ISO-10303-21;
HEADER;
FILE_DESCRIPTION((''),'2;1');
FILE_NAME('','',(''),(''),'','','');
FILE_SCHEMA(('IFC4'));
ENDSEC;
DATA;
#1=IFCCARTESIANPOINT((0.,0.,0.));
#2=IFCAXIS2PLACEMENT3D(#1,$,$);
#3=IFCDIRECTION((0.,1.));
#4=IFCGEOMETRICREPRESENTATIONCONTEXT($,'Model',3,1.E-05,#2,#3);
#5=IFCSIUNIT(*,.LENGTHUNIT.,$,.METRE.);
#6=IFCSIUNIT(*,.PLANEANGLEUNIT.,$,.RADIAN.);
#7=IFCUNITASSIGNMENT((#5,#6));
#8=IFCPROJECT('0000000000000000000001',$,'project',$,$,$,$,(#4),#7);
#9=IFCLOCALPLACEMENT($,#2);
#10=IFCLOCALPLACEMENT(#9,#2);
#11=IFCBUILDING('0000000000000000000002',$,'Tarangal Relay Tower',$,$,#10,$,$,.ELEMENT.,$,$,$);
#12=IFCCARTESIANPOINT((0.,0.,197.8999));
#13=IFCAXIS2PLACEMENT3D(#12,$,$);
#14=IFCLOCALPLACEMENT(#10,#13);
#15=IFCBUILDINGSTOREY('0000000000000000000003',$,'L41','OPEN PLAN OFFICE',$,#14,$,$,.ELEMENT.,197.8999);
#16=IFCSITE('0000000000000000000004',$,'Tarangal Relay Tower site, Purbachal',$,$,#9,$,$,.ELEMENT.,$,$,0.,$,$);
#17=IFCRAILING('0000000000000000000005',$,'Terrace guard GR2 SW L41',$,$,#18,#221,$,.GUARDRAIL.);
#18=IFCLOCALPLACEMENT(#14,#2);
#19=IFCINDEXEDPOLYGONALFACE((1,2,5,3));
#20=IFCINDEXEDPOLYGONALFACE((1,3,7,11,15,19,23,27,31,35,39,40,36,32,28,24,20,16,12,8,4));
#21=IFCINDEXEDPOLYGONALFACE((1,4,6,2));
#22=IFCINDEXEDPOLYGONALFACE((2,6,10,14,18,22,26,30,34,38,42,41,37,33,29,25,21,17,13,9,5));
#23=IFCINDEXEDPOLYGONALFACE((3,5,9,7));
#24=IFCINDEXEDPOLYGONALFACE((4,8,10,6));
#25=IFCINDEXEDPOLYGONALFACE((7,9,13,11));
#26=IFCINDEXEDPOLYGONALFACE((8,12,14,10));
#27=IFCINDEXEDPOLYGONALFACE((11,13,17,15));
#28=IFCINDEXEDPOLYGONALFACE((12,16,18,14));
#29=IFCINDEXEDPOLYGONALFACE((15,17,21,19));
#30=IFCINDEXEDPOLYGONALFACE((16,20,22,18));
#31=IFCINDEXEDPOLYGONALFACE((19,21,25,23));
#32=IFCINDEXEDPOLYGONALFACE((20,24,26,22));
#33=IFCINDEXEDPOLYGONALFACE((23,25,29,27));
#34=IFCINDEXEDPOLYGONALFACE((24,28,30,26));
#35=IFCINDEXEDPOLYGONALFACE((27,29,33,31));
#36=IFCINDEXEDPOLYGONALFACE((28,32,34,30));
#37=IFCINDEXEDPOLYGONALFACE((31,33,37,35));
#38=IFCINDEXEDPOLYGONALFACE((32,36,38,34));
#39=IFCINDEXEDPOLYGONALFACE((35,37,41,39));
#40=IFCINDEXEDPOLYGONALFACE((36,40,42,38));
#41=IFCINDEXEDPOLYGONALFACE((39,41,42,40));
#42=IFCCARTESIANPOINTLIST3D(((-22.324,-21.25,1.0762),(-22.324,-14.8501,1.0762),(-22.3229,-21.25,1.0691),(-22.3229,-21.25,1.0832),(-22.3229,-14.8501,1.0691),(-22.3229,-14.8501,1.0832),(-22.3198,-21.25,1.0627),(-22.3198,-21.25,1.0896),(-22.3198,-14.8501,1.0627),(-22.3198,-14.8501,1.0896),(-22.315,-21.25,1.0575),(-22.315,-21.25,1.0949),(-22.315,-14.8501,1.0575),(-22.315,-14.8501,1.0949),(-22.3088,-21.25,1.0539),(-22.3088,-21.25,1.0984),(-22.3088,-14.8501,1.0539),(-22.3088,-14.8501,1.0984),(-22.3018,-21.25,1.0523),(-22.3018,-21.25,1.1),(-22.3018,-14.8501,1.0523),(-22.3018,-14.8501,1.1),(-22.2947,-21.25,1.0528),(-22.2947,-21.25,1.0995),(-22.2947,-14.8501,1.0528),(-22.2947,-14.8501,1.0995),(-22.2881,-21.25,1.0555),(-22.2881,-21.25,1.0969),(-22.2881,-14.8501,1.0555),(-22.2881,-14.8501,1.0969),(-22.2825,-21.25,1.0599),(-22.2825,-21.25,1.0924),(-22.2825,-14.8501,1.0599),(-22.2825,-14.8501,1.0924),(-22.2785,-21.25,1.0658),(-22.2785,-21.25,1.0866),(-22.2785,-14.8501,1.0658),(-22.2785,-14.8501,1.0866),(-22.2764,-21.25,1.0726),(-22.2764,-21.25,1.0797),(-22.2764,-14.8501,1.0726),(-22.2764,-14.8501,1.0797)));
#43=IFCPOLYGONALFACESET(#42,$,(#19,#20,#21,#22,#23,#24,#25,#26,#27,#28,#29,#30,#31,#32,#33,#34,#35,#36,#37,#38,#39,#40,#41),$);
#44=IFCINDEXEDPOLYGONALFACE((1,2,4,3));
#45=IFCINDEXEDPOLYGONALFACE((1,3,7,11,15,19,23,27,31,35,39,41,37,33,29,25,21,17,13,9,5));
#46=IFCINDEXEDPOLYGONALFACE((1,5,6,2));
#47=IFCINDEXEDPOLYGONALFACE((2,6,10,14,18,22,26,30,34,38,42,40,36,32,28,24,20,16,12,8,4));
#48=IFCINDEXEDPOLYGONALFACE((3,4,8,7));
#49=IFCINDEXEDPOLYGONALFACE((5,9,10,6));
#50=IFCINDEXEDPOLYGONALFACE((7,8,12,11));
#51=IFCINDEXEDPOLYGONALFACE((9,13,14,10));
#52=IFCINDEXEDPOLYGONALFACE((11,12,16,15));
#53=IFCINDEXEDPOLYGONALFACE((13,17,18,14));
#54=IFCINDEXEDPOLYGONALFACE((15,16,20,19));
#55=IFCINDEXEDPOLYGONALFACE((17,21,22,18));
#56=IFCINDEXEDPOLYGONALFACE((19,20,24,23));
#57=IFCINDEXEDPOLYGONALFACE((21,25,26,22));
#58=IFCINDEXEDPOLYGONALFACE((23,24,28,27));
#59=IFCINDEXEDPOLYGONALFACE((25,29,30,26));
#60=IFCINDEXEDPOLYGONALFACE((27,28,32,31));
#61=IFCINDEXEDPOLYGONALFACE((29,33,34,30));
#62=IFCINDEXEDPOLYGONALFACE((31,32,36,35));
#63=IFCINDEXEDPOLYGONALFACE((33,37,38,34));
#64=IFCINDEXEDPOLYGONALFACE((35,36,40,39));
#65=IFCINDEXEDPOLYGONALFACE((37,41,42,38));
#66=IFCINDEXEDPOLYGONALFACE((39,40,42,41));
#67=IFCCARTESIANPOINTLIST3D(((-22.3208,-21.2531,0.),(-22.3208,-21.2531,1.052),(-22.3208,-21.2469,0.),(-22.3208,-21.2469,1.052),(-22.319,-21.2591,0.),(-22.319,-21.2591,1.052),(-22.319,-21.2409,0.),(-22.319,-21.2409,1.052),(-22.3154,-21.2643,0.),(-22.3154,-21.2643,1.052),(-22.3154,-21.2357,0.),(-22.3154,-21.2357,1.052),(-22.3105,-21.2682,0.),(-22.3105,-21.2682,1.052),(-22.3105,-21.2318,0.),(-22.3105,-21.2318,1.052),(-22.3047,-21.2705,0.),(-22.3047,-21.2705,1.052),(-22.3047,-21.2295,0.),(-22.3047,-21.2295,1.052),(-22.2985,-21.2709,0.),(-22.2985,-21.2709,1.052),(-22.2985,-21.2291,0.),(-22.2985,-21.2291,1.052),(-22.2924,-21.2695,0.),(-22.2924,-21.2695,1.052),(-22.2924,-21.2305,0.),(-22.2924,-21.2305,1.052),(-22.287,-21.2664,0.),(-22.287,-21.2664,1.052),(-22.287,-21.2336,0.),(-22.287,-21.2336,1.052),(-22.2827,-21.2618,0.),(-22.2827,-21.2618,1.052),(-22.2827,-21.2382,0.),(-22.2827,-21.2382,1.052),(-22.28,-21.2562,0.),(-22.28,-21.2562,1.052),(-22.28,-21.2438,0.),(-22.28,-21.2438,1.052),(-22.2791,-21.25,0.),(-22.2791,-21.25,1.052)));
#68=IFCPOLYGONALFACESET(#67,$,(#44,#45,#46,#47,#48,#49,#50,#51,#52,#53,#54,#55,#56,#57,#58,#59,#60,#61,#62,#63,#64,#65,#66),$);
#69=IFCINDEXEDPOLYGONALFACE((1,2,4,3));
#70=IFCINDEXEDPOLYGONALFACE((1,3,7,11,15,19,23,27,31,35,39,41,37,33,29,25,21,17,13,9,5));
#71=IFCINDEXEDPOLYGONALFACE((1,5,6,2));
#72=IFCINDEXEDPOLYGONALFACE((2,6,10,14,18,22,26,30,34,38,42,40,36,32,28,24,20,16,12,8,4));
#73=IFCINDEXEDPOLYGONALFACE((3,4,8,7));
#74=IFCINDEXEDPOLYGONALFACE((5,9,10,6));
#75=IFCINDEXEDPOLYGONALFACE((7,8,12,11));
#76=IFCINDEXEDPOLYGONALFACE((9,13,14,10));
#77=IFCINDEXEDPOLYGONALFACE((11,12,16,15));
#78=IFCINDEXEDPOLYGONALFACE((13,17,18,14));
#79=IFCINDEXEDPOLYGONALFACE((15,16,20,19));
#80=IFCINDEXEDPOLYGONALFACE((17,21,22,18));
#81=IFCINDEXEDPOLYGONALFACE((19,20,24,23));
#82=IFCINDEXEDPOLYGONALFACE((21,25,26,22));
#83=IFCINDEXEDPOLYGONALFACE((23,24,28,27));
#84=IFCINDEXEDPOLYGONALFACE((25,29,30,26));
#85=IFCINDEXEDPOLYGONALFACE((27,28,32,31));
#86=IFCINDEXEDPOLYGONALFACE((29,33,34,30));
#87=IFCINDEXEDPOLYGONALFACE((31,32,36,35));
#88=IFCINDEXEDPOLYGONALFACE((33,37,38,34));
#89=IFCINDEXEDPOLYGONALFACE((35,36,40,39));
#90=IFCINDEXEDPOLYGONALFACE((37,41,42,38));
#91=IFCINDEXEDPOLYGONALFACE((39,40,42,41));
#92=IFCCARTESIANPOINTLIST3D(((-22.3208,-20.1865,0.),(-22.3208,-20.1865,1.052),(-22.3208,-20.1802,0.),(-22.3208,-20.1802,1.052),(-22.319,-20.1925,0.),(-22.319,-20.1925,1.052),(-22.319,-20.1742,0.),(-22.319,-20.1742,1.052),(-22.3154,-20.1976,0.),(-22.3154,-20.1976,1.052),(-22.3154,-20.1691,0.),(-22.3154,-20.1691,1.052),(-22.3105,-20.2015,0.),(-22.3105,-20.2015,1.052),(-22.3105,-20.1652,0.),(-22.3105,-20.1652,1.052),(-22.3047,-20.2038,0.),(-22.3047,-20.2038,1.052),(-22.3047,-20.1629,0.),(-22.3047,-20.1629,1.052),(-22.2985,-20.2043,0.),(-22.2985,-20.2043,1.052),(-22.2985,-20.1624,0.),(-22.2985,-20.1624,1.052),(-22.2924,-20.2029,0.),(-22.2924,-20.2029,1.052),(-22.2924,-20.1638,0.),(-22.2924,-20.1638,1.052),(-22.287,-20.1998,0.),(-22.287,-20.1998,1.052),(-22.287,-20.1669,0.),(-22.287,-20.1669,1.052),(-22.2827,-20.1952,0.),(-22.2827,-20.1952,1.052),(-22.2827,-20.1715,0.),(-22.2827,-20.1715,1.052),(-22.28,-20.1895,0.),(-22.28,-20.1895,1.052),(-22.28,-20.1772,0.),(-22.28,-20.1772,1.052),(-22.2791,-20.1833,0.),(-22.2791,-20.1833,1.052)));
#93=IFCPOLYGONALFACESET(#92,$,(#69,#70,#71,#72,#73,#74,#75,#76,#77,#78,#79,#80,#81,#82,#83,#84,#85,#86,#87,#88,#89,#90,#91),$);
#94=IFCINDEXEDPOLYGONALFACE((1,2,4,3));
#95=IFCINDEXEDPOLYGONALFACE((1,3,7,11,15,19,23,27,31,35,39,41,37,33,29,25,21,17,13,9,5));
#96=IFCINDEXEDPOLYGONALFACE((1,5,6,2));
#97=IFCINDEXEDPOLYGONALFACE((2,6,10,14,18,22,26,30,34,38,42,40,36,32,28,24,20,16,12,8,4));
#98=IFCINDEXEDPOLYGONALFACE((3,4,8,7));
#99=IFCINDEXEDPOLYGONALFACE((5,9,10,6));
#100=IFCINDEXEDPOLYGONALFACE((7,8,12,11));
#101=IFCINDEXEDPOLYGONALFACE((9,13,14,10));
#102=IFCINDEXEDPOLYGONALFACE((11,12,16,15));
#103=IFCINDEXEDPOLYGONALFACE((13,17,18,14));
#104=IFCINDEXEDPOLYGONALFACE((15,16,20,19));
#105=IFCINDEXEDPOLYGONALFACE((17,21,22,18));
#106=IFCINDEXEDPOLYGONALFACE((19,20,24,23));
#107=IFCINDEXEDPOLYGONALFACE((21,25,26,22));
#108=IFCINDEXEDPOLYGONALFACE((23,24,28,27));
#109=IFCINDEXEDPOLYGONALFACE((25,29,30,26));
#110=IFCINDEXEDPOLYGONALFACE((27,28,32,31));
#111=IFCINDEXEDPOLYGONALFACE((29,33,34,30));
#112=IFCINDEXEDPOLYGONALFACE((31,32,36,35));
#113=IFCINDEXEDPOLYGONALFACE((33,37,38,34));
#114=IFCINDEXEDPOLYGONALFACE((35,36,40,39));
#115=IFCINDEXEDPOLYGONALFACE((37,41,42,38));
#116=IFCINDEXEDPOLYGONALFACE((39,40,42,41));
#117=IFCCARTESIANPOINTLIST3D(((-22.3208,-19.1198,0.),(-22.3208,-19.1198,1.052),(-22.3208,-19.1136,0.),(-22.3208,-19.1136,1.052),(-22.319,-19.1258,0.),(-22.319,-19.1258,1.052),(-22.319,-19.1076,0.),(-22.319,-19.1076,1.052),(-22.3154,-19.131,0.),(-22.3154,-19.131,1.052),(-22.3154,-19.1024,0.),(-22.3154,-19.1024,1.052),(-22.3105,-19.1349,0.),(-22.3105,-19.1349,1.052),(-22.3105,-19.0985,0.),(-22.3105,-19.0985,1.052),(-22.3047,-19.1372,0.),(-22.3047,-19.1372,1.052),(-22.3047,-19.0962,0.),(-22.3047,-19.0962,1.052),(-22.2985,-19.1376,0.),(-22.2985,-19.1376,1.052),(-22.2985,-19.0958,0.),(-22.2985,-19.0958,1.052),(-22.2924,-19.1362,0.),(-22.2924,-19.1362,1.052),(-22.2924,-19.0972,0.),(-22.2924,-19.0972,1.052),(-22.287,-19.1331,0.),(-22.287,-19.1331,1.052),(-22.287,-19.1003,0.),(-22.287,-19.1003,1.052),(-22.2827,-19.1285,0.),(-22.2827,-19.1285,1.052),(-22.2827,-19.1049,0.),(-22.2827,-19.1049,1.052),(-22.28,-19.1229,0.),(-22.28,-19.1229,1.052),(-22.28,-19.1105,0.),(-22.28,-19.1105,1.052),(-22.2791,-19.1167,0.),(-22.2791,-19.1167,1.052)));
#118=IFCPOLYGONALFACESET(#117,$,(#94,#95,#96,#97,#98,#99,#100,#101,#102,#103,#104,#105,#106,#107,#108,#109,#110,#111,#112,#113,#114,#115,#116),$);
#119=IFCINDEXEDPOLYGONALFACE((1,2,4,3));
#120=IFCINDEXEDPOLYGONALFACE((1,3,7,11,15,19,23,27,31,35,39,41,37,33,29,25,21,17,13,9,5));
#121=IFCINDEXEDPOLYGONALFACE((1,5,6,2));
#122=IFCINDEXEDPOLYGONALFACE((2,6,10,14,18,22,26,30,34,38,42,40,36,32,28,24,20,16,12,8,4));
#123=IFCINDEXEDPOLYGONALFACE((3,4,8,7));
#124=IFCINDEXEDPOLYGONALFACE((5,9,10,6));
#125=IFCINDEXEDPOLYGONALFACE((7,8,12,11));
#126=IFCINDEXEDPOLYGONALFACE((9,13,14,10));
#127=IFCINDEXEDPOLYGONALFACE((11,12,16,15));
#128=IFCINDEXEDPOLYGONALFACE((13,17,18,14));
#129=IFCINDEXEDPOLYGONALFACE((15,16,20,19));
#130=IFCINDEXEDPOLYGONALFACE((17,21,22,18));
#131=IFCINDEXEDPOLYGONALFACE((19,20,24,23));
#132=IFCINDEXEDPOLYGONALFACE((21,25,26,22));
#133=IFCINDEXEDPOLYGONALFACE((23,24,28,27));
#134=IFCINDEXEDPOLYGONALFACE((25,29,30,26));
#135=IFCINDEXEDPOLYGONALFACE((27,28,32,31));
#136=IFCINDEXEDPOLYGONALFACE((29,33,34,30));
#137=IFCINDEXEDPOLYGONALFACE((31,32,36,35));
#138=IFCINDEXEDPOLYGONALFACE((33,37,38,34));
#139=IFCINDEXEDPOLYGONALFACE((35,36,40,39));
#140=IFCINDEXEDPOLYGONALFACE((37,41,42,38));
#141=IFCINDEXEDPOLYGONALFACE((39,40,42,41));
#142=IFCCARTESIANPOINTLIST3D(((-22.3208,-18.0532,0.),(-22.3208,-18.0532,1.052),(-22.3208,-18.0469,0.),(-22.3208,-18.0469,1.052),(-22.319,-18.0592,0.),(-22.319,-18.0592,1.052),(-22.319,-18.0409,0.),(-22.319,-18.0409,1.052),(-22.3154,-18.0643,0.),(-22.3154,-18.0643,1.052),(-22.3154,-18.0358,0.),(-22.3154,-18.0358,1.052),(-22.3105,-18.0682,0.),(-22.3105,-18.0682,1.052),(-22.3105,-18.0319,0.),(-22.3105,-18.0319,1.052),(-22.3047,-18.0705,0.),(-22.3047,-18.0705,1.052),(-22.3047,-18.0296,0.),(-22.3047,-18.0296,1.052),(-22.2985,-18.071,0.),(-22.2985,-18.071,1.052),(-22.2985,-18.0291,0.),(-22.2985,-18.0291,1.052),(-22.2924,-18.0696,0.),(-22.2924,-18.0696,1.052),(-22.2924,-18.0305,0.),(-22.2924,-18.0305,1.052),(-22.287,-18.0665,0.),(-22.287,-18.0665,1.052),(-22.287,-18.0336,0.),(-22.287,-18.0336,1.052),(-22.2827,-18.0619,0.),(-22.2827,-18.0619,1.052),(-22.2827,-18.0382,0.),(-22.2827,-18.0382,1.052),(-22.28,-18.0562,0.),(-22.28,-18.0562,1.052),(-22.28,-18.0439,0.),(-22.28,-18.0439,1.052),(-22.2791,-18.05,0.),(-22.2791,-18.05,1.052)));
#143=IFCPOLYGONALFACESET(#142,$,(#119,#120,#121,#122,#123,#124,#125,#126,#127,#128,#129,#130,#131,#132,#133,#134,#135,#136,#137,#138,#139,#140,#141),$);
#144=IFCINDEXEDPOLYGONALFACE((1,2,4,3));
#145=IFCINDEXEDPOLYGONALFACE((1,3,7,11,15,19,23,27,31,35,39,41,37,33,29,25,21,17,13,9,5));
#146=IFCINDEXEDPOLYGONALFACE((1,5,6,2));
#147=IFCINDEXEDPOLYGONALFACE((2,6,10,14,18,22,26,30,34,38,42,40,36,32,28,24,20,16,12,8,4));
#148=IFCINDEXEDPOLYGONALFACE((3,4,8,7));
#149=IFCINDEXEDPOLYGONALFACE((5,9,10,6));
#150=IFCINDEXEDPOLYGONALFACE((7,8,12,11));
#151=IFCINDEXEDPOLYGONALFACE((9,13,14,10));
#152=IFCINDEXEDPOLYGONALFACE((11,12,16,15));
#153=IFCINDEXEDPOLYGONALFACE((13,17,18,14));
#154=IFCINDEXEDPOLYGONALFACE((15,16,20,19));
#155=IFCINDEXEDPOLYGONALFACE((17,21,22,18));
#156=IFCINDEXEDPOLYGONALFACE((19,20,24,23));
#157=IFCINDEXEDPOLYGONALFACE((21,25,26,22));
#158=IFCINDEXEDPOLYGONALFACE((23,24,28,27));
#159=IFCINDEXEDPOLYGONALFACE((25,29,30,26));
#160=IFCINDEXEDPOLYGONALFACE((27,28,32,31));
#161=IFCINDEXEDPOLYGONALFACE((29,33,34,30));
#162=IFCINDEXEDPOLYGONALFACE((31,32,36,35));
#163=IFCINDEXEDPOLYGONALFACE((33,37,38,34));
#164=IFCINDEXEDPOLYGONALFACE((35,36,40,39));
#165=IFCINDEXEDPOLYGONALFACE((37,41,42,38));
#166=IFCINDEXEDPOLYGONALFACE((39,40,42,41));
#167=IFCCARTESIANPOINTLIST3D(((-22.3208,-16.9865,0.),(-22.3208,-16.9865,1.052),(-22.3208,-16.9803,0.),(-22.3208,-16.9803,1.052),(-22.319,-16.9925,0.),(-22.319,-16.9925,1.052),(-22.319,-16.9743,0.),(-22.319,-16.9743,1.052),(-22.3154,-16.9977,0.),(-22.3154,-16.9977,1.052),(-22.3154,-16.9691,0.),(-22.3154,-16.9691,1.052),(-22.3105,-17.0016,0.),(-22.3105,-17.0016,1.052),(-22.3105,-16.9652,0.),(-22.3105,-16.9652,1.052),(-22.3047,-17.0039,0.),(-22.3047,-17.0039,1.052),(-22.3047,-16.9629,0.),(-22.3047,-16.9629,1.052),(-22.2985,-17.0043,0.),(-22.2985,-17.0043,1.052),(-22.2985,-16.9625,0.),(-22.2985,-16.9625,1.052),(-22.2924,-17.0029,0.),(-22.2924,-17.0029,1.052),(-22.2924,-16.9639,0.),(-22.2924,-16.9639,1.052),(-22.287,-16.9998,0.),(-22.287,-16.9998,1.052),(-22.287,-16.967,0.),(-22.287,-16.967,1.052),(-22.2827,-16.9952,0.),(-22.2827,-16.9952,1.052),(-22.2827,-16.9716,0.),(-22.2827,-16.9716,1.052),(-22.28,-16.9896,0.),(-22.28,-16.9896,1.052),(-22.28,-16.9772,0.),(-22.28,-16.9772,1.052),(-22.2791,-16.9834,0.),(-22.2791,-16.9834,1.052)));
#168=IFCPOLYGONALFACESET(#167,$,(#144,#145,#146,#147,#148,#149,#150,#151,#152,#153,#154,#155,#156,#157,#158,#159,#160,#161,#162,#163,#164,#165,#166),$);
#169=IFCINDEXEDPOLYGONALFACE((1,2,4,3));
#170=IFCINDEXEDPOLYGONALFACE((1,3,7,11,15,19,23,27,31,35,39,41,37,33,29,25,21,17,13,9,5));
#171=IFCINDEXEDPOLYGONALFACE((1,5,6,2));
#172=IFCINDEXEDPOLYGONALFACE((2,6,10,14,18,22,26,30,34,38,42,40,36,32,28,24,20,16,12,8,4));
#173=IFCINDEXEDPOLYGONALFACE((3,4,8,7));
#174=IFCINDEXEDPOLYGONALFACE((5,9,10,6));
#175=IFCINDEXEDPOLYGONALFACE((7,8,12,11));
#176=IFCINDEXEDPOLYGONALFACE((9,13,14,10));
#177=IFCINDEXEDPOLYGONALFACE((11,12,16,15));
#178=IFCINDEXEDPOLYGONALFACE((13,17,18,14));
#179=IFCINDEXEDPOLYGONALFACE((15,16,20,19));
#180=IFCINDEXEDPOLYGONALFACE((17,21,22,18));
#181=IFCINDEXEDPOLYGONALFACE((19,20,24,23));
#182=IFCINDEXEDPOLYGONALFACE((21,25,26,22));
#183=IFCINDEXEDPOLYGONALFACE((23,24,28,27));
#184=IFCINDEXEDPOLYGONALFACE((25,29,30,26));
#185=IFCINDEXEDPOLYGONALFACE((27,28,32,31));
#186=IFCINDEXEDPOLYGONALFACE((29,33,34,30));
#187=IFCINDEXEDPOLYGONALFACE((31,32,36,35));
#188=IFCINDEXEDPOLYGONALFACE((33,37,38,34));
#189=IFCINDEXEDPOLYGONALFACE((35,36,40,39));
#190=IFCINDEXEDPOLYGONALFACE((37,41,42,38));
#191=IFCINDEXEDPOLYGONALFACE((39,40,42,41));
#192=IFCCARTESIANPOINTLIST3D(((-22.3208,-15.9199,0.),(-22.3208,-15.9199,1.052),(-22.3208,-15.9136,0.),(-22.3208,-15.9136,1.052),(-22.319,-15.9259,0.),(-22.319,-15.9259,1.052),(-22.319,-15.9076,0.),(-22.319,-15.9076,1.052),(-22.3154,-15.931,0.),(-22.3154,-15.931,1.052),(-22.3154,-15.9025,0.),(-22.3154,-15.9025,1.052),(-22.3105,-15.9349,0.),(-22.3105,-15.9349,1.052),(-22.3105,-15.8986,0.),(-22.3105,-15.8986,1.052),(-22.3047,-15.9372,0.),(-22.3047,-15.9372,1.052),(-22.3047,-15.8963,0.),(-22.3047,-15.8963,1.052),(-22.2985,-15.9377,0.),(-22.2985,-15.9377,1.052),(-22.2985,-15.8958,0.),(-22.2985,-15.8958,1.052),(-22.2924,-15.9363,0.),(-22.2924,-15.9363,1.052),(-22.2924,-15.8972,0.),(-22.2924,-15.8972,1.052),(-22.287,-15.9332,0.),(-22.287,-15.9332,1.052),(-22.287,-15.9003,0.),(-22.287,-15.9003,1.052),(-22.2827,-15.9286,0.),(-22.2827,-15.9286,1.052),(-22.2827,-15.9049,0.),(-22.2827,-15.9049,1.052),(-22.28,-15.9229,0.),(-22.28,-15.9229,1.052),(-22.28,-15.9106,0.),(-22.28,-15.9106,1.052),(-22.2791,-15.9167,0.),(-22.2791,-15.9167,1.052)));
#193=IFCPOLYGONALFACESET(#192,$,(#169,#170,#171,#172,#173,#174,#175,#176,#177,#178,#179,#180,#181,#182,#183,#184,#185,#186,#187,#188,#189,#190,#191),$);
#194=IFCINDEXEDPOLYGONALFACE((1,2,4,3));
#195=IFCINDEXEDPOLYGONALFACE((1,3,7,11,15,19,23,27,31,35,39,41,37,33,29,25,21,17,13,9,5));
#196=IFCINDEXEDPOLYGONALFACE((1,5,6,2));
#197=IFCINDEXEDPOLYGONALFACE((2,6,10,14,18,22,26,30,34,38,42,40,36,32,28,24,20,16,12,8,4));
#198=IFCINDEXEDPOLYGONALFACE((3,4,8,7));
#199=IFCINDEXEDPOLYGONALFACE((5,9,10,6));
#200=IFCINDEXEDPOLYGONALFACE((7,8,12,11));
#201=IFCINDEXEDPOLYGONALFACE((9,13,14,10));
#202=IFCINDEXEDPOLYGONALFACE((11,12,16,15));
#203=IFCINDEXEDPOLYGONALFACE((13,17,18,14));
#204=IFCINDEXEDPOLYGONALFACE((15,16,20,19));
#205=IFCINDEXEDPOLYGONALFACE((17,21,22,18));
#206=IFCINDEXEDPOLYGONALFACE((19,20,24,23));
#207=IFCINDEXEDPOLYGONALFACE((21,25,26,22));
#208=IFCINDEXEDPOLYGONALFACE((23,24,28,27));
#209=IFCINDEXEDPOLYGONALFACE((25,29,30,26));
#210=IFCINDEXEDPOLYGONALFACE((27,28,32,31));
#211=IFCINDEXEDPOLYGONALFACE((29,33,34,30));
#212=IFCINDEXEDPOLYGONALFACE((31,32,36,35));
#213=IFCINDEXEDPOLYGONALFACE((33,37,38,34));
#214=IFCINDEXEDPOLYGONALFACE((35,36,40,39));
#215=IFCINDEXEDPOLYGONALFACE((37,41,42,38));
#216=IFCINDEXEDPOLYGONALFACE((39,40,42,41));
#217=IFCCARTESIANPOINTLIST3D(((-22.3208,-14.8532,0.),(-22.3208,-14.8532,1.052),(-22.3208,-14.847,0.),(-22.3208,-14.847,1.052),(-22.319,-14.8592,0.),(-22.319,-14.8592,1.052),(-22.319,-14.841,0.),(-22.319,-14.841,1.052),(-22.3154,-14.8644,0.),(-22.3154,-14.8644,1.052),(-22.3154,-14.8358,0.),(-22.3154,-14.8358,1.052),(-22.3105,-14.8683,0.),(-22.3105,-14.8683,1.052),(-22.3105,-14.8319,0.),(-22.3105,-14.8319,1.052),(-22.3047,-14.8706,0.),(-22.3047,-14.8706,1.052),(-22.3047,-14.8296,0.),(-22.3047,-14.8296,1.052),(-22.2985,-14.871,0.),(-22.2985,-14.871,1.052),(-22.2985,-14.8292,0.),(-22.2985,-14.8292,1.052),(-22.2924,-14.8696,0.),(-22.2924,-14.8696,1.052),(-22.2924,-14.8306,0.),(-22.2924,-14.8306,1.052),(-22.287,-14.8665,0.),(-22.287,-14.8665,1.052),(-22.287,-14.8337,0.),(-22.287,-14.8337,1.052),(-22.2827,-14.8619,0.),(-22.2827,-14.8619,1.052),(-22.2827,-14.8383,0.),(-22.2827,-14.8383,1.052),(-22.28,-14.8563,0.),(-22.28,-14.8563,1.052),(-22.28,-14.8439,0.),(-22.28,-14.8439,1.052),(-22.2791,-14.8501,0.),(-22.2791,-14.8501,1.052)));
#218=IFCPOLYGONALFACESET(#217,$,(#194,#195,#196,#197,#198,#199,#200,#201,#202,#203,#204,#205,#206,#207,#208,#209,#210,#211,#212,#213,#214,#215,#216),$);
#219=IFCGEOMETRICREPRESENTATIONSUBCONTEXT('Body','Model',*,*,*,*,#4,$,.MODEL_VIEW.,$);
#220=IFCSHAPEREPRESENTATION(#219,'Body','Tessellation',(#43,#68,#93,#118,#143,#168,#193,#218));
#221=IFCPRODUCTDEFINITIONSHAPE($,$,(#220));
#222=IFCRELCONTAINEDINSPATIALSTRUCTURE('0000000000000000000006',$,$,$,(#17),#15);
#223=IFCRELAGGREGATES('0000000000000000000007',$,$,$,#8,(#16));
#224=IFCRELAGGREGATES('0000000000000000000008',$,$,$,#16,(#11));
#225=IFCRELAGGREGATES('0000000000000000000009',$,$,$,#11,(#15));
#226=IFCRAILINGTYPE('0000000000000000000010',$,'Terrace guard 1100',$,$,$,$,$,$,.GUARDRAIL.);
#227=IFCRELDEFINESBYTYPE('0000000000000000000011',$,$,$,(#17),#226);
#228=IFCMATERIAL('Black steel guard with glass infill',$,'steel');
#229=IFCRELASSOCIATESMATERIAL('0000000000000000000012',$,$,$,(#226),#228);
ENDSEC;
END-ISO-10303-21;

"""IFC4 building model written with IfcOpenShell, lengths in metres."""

from ifc_helpers import new_model, si_unit, direction, frame, origin, origin_2d, place, context, subcontext, project, spatial, circle, extrude, material, type_object, element, save


model = new_model("IFC4")

# Units and contexts
model_context = context("Model", 3, precision=1e-05, world=origin(), true_north=direction((0.0, 1.0)))
body_context = subcontext(model_context, "Body", "Model", "MODEL_VIEW")
ifc_project = project(units=[si_unit("LENGTHUNIT", "METRE"), si_unit("PLANEANGLEUNIT", "RADIAN")], contexts=[model_context])

# Site, building, storey
site_placement = place(None, origin())
site = spatial("IfcSite", under=ifc_project, at=site_placement, Name="Tarangal Relay Tower site, Purbachal", CompositionType="ELEMENT", RefElevation=0.0)
building_placement = place(site_placement, origin())
building = spatial("IfcBuilding", under=site, at=building_placement, Name="Tarangal Relay Tower", CompositionType="ELEMENT")
storey_placement = place(building_placement, frame((0.0, 0.0, 197.8999)))
storey = spatial("IfcBuildingStorey", under=building, at=storey_placement, Name="L41", Description="OPEN PLAN OFFICE", CompositionType="ELEMENT", Elevation=197.8999)

# Railing
ifc_material_1 = material(Name="Black steel guard with glass infill", Category="steel")
railing_type = type_object("IfcRailingType", Name="Terrace guard 1100", PredefinedType="GUARDRAIL", material=ifc_material_1)
railing_placement = place(storey_placement, frame((-22.3, -21.25, 0.0)))
element("IfcRailing", 1, at=railing_placement, inside=storey, type_object=railing_type, Name="Terrace guard GR2 SW L41", PredefinedType="GUARDRAIL", context=body_context, shape_type="SweptSolid", body=[
    extrude(circle(Radius=0.0239, at=origin_2d()), frame((0.0, 0.0, 1.0762), z_axis=(0.0, 1.0, 0.0), x_axis=(-1.0, 0.0, 0.0)), (0.0, 0.0, 1.0), 6.3999),
    extrude(circle(Radius=0.021, at=origin_2d()), origin(), (0.0, 0.0, 1.0), 1.052),
    extrude(circle(Radius=0.021, at=origin_2d()), frame((0.0, 1.0667, 0.0)), (0.0, 0.0, 1.0), 1.052),
    extrude(circle(Radius=0.021, at=origin_2d()), frame((0.0, 2.1333, 0.0)), (0.0, 0.0, 1.0), 1.052),
    extrude(circle(Radius=0.021, at=origin_2d()), frame((0.0, 3.2, 0.0)), (0.0, 0.0, 1.0), 1.052),
    extrude(circle(Radius=0.021, at=origin_2d()), frame((0.0, 4.2666, 0.0)), (0.0, 0.0, 1.0), 1.052),
    extrude(circle(Radius=0.021, at=origin_2d()), frame((0.0, 5.3333, 0.0)), (0.0, 0.0, 1.0), 1.052),
    extrude(circle(Radius=0.021, at=origin_2d()), frame((0.0, 6.3999, 0.0)), (0.0, 0.0, 1.0), 1.052),
])

save(model, "model.ifc")
